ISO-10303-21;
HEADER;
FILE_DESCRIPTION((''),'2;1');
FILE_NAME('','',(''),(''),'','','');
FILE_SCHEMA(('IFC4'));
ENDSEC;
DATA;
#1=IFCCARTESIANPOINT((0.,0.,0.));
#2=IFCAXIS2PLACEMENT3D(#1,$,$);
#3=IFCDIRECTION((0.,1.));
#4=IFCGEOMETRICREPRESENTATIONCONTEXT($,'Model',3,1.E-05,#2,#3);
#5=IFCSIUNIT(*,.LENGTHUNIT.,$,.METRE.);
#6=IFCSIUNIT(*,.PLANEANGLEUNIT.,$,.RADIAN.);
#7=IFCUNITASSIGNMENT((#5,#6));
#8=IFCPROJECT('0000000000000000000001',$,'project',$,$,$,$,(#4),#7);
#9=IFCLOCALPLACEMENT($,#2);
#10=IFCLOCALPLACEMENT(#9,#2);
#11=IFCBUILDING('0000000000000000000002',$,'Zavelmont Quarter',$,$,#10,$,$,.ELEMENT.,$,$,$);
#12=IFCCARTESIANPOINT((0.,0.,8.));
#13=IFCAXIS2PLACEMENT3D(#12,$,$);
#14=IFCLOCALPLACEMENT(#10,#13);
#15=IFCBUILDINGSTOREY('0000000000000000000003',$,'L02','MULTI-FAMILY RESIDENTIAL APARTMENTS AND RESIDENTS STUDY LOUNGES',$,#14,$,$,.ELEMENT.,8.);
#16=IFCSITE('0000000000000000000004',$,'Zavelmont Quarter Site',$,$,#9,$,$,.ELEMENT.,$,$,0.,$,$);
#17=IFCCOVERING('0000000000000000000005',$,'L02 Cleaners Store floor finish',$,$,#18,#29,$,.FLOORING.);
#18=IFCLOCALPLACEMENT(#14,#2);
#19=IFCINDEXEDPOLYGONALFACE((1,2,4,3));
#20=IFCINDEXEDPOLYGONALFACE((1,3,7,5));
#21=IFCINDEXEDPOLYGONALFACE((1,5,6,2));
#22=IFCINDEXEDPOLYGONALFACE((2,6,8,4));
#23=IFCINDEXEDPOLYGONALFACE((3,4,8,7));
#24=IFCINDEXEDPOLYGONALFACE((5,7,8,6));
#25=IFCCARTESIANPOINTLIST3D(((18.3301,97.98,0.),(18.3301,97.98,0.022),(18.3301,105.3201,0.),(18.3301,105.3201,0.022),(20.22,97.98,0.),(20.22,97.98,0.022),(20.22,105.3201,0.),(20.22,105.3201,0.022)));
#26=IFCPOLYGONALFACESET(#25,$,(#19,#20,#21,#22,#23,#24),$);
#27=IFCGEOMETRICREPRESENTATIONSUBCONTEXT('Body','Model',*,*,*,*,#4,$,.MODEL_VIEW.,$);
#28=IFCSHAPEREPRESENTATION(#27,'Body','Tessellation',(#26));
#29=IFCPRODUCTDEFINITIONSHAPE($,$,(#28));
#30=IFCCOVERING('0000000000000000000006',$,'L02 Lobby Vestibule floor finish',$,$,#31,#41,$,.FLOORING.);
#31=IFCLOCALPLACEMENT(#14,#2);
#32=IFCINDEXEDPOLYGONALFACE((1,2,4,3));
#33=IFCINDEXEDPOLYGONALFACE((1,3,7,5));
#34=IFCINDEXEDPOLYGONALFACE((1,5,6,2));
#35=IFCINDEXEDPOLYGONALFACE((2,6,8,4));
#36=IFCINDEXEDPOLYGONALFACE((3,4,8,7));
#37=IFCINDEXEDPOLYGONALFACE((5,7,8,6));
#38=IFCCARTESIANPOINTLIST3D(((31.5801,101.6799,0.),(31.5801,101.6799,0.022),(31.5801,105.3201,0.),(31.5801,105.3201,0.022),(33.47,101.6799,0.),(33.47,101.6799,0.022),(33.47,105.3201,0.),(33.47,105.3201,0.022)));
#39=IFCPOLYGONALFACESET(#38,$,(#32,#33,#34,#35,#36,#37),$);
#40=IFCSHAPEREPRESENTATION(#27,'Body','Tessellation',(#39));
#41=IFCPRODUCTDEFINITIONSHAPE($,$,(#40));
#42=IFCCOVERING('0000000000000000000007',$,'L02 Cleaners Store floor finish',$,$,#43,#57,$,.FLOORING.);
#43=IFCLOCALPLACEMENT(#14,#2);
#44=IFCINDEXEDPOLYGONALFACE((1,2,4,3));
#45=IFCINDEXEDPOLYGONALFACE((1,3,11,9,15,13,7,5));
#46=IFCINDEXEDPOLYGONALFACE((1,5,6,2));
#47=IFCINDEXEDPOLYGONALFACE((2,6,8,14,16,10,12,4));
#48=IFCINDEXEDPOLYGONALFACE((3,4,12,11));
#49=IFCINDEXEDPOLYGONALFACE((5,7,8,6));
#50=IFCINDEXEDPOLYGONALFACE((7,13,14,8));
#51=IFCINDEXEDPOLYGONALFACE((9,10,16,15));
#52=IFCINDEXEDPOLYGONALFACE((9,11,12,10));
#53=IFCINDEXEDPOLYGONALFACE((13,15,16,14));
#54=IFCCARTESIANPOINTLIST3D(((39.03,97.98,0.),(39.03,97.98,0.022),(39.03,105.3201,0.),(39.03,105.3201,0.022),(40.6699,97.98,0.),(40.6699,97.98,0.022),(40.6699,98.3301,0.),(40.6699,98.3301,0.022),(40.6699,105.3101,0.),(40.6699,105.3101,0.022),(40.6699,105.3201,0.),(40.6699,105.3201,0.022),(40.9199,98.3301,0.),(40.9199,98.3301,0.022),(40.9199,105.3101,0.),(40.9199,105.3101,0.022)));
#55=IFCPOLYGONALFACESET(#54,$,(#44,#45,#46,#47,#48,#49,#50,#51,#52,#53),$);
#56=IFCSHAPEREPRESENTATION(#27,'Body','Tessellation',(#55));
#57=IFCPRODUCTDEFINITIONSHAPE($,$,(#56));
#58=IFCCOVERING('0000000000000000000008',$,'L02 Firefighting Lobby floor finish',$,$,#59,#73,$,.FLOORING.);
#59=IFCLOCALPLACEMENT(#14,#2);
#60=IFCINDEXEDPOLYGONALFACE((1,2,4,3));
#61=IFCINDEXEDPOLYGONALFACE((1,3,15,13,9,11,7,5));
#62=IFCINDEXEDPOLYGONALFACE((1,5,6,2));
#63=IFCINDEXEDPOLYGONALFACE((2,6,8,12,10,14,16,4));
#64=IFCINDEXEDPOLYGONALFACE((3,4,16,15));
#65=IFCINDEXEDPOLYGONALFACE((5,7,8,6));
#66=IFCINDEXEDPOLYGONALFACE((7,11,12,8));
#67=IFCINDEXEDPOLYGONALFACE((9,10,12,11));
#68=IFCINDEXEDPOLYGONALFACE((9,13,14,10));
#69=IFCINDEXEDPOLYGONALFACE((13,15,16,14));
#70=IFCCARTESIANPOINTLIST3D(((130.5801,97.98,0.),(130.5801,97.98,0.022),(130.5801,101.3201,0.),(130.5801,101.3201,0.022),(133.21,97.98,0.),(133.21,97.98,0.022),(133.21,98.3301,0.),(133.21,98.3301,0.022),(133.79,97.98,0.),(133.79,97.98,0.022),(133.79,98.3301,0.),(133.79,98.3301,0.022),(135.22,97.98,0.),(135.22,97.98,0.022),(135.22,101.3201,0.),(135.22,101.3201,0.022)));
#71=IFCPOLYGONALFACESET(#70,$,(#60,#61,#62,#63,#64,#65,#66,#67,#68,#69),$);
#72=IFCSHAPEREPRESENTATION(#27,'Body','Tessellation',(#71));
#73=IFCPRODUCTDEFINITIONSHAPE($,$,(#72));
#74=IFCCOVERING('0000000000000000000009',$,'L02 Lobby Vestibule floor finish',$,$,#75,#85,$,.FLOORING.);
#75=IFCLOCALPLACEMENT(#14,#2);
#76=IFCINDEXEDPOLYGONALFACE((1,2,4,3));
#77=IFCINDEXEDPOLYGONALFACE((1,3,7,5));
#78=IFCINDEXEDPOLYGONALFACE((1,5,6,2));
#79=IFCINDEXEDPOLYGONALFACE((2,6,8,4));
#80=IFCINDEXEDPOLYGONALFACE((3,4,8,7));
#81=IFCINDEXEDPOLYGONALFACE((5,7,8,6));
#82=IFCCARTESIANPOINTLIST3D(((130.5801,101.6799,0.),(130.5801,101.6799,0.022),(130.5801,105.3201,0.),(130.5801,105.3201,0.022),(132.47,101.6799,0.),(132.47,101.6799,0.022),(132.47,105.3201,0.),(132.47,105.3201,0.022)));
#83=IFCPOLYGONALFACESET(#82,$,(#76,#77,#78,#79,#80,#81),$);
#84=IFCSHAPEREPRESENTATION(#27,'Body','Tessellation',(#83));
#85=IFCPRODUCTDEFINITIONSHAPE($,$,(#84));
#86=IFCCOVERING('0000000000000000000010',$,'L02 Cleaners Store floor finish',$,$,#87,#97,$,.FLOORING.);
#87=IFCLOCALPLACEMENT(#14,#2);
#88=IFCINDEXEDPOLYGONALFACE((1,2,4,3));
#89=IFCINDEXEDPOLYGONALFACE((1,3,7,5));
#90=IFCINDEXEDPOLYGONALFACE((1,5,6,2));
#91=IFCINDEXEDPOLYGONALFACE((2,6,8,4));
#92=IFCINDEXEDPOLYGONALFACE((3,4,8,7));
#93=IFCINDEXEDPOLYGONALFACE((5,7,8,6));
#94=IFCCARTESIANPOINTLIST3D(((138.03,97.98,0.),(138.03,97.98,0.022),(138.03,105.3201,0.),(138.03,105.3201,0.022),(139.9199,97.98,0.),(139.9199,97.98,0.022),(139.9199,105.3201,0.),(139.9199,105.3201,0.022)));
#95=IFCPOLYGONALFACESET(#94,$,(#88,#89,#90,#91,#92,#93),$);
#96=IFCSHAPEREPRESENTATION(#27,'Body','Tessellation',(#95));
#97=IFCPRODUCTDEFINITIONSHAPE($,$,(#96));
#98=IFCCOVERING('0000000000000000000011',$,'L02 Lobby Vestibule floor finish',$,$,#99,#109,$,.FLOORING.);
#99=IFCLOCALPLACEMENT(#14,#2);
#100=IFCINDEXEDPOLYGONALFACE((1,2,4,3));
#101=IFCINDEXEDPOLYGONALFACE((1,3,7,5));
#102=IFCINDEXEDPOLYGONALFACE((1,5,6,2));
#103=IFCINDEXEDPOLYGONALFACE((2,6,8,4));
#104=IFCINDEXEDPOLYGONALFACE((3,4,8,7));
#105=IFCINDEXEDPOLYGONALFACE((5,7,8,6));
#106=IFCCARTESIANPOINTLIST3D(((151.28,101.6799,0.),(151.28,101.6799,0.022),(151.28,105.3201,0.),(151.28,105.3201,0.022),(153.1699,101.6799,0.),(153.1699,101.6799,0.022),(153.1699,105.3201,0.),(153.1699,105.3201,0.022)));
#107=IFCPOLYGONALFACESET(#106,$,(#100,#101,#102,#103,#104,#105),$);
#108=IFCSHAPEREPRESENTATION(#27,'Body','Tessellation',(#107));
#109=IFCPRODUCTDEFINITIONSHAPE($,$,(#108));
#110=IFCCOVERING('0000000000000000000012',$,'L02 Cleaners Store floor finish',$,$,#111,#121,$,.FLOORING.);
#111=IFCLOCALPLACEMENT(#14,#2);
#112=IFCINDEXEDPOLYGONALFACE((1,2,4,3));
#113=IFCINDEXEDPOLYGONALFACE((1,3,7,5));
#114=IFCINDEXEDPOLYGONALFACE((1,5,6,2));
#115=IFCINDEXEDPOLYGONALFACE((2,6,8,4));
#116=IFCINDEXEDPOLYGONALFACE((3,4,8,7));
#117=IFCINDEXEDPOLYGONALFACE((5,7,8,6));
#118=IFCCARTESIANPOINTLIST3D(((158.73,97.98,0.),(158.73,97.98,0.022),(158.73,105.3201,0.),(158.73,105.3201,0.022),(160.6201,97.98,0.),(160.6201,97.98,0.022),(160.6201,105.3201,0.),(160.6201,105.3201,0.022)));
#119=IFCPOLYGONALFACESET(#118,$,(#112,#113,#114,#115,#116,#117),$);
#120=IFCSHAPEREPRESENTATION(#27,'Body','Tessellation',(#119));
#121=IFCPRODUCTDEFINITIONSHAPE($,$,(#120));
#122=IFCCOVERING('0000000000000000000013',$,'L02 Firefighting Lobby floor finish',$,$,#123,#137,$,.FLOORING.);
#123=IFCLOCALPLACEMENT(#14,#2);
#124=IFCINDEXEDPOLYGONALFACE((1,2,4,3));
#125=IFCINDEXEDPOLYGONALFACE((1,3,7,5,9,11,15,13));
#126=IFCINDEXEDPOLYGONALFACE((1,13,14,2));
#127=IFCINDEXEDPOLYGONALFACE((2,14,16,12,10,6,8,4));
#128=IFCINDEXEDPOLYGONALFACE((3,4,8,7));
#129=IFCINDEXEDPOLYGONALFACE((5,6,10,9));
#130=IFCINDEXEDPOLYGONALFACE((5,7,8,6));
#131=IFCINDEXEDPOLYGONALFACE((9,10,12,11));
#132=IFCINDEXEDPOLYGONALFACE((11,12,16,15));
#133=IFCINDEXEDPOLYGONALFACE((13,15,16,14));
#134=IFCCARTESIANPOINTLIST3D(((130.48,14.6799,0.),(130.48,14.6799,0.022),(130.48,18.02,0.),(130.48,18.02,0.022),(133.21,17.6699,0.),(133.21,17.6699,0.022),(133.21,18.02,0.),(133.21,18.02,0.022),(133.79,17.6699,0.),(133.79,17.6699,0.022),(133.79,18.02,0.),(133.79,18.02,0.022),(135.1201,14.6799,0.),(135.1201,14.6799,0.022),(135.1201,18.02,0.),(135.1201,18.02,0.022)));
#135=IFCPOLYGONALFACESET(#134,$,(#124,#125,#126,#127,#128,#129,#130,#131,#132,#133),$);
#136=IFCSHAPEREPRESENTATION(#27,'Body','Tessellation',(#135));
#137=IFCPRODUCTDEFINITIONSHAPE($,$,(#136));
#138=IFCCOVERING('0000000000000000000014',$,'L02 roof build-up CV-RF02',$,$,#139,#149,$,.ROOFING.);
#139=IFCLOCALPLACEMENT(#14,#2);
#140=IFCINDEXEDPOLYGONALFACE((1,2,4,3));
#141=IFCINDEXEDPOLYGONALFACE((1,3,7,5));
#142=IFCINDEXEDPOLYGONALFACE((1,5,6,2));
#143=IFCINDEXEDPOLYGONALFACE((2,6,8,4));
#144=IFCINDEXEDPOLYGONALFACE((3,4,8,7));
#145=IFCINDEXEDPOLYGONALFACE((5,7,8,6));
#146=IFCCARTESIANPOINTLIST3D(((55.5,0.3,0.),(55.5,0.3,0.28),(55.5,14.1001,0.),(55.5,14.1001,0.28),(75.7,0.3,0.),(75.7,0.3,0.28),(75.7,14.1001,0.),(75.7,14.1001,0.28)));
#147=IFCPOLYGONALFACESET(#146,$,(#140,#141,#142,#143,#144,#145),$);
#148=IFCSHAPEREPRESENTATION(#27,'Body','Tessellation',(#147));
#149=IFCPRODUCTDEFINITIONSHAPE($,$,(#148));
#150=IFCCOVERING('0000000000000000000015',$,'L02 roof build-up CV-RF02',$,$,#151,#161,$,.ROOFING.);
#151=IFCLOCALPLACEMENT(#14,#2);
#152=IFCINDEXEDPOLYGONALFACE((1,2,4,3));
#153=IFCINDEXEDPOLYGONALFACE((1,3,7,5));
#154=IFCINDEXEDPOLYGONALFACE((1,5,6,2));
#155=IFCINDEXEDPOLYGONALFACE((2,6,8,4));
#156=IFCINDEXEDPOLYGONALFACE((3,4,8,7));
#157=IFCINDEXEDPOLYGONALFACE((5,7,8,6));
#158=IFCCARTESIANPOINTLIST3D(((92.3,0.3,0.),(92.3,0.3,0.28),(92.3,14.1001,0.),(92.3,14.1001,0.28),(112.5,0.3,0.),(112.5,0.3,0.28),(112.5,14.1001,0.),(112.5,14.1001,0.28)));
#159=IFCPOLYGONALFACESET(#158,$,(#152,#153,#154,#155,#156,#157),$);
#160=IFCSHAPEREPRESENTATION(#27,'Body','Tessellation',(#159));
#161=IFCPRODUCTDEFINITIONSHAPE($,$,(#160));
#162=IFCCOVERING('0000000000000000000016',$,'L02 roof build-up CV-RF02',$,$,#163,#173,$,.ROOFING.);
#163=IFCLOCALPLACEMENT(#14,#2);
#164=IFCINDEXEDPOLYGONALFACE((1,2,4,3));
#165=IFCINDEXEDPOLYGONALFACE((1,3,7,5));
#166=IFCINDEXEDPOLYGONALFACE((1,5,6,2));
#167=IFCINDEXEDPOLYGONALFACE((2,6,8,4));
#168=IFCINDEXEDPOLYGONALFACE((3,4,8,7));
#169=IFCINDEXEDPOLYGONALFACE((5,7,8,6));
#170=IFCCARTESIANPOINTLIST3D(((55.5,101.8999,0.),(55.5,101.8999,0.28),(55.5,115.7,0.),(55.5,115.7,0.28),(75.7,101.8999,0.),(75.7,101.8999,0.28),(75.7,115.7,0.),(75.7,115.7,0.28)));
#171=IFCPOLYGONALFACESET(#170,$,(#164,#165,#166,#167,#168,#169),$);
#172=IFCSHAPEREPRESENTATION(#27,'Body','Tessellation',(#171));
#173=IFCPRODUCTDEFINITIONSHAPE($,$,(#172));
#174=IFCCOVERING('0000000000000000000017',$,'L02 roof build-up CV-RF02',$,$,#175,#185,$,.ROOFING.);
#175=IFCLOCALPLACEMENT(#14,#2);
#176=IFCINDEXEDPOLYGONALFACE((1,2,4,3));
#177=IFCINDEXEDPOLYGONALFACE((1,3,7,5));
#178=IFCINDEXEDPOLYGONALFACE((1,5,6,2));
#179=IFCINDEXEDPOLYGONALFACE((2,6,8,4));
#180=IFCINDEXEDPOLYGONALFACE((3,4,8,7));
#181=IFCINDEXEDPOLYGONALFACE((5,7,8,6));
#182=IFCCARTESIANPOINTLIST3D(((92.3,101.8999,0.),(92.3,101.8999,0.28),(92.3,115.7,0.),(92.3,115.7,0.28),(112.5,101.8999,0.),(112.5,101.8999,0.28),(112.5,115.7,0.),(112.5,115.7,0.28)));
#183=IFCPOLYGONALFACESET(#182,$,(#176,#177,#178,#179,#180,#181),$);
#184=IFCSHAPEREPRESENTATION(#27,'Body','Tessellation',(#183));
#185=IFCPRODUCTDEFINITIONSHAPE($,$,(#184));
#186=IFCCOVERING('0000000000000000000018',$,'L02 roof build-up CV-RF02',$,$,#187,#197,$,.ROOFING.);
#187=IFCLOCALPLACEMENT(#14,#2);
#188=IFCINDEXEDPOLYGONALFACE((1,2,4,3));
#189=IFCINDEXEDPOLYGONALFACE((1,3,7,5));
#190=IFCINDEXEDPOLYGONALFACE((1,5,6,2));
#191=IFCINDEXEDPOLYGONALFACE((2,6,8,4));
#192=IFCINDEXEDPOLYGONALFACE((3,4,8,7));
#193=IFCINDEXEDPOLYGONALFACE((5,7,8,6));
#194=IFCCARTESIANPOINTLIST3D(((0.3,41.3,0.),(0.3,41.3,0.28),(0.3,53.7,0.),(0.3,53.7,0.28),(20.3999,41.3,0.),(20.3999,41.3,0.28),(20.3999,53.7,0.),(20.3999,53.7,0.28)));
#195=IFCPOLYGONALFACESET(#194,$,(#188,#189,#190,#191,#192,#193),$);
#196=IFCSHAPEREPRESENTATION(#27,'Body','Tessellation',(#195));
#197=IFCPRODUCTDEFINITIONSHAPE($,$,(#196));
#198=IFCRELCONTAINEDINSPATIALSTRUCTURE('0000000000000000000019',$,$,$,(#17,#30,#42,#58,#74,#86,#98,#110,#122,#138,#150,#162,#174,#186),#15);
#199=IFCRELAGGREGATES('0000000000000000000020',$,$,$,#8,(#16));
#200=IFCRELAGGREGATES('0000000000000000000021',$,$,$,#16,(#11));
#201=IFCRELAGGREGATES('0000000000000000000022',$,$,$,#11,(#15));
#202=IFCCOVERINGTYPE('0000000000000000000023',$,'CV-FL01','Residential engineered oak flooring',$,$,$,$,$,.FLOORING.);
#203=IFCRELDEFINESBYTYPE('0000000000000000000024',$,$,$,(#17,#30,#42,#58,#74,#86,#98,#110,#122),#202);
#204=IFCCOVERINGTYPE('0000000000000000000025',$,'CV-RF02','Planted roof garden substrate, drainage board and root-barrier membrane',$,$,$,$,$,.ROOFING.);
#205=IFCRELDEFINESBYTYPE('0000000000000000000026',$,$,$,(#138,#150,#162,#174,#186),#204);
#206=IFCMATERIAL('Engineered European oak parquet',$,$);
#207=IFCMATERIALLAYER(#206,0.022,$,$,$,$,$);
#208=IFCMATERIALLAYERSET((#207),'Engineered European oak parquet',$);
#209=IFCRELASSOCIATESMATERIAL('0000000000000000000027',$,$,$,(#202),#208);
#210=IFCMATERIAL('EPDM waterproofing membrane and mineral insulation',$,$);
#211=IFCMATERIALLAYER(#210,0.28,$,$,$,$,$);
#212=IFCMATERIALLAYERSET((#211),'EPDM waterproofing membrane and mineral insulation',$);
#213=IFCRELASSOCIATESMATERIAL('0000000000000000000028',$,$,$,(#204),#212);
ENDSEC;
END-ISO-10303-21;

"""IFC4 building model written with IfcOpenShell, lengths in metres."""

from ifc_helpers import new_model, si_unit, direction, frame, origin, place, context, subcontext, project, spatial, polyline, outline, extrude, material, layer, layer_set, type_object, element, save


model = new_model("IFC4")

# Units and contexts
model_context = context("Model", 3, precision=1e-05, world=origin(), true_north=direction((0.0, 1.0)))
body_context = subcontext(model_context, "Body", "Model", "MODEL_VIEW")
ifc_project = project(units=[si_unit("LENGTHUNIT", "METRE"), si_unit("PLANEANGLEUNIT", "RADIAN")], contexts=[model_context])

# Site, building, storey
site_placement = place(None, origin())
site = spatial("IfcSite", under=ifc_project, at=site_placement, Name="Zavelmont Quarter Site", CompositionType="ELEMENT", RefElevation=0.0)
building_placement = place(site_placement, origin())
building = spatial("IfcBuilding", under=site, at=building_placement, Name="Zavelmont Quarter", CompositionType="ELEMENT")
storey_placement = place(building_placement, frame((0.0, 0.0, 8.0)))
storey = spatial("IfcBuildingStorey", under=building, at=storey_placement, Name="L02", Description="MULTI-FAMILY RESIDENTIAL APARTMENTS AND RESIDENTS STUDY LOUNGES", CompositionType="ELEMENT", Elevation=8.0)

# Coverings
ifc_material_1 = material(Name="Engineered European oak parquet")
ifc_layer_1 = layer(ifc_material_1, 0.022)
ifc_layer_set_1 = layer_set([ifc_layer_1], Name="Engineered European oak parquet")
covering_type_1 = type_object("IfcCoveringType", Name="CV-FL01", Description="Residential engineered oak flooring", PredefinedType="FLOORING", material=ifc_layer_set_1)
covering_1_placement = place(storey_placement, origin())
element("IfcCovering", 1, at=covering_1_placement, inside=storey, type_object=covering_type_1, Name="L02 Cleaners Store floor finish", PredefinedType="FLOORING", context=body_context, shape_type="SweptSolid", body=[
    extrude(outline(polyline([(18.3301, 105.3201), (20.22, 105.3201), (20.22, 97.98), (18.3301, 97.98), (18.3301, 105.3201)])), origin(), (0.0, 0.0, 1.0), 0.022),
])
covering_2_placement = place(storey_placement, origin())
element("IfcCovering", 2, at=covering_2_placement, inside=storey, type_object=covering_type_1, Name="L02 Lobby Vestibule floor finish", PredefinedType="FLOORING", context=body_context, shape_type="SweptSolid", body=[
    extrude(outline(polyline([(31.5801, 105.3201), (33.47, 105.3201), (33.47, 101.6799), (31.5801, 101.6799), (31.5801, 105.3201)])), origin(), (0.0, 0.0, 1.0), 0.022),
])
covering_3_placement = place(storey_placement, origin())
element("IfcCovering", 3, at=covering_3_placement, inside=storey, type_object=covering_type_1, Name="L02 Cleaners Store floor finish", PredefinedType="FLOORING", context=body_context, shape_type="SweptSolid", body=[
    extrude(outline(polyline([(39.03, 105.3201), (40.6699, 105.3201), (40.6699, 105.3101), (40.9199, 105.3101), (40.9199, 98.3301), (40.6699, 98.3301), (40.6699, 97.98), (39.03, 97.98), (39.03, 105.3201)])), origin(), (0.0, 0.0, 1.0), 0.022),
])
covering_4_placement = place(storey_placement, origin())
element("IfcCovering", 4, at=covering_4_placement, inside=storey, type_object=covering_type_1, Name="L02 Firefighting Lobby floor finish", PredefinedType="FLOORING", context=body_context, shape_type="SweptSolid", body=[
    extrude(outline(polyline([(130.5801, 101.3201), (135.22, 101.3201), (135.22, 97.98), (133.79, 97.98), (133.79, 98.3301), (133.21, 98.3301), (133.21, 97.98), (130.5801, 97.98), (130.5801, 101.3201)])), origin(), (0.0, 0.0, 1.0), 0.022),
])
covering_5_placement = place(storey_placement, origin())
element("IfcCovering", 5, at=covering_5_placement, inside=storey, type_object=covering_type_1, Name="L02 Lobby Vestibule floor finish", PredefinedType="FLOORING", context=body_context, shape_type="SweptSolid", body=[
    extrude(outline(polyline([(130.5801, 105.3201), (132.47, 105.3201), (132.47, 101.6799), (130.5801, 101.6799), (130.5801, 105.3201)])), origin(), (0.0, 0.0, 1.0), 0.022),
])
covering_6_placement = place(storey_placement, origin())
element("IfcCovering", 6, at=covering_6_placement, inside=storey, type_object=covering_type_1, Name="L02 Cleaners Store floor finish", PredefinedType="FLOORING", context=body_context, shape_type="SweptSolid", body=[
    extrude(outline(polyline([(138.03, 105.3201), (139.9199, 105.3201), (139.9199, 97.98), (138.03, 97.98), (138.03, 105.3201)])), origin(), (0.0, 0.0, 1.0), 0.022),
])
covering_7_placement = place(storey_placement, origin())
element("IfcCovering", 7, at=covering_7_placement, inside=storey, type_object=covering_type_1, Name="L02 Lobby Vestibule floor finish", PredefinedType="FLOORING", context=body_context, shape_type="SweptSolid", body=[
    extrude(outline(polyline([(151.28, 105.3201), (153.1699, 105.3201), (153.1699, 101.6799), (151.28, 101.6799), (151.28, 105.3201)])), origin(), (0.0, 0.0, 1.0), 0.022),
])
covering_8_placement = place(storey_placement, origin())
element("IfcCovering", 8, at=covering_8_placement, inside=storey, type_object=covering_type_1, Name="L02 Cleaners Store floor finish", PredefinedType="FLOORING", context=body_context, shape_type="SweptSolid", body=[
    extrude(outline(polyline([(158.73, 105.3201), (160.6201, 105.3201), (160.6201, 97.98), (158.73, 97.98), (158.73, 105.3201)])), origin(), (0.0, 0.0, 1.0), 0.022),
])
covering_9_placement = place(storey_placement, origin())
element("IfcCovering", 9, at=covering_9_placement, inside=storey, type_object=covering_type_1, Name="L02 Firefighting Lobby floor finish", PredefinedType="FLOORING", context=body_context, shape_type="SweptSolid", body=[
    extrude(outline(polyline([(130.48, 18.02), (133.21, 18.02), (133.21, 17.6699), (133.79, 17.6699), (133.79, 18.02), (135.1201, 18.02), (135.1201, 14.6799), (130.48, 14.6799), (130.48, 18.02)])), origin(), (0.0, 0.0, 1.0), 0.022),
])
ifc_material_2 = material(Name="EPDM waterproofing membrane and mineral insulation")
ifc_layer_2 = layer(ifc_material_2, 0.28)
ifc_layer_set_2 = layer_set([ifc_layer_2], Name="EPDM waterproofing membrane and mineral insulation")
covering_type_2 = type_object("IfcCoveringType", Name="CV-RF02", Description="Planted roof garden substrate, drainage board and root-barrier membrane", PredefinedType="ROOFING", material=ifc_layer_set_2)
covering_10_placement = place(storey_placement, origin())
element("IfcCovering", 10, at=covering_10_placement, inside=storey, type_object=covering_type_2, Name="L02 roof build-up CV-RF02", PredefinedType="ROOFING", context=body_context, shape_type="SweptSolid", body=[
    extrude(outline(polyline([(55.5, 0.3), (75.7, 0.3), (75.7, 14.1001), (55.5, 14.1001), (55.5, 0.3)])), origin(), (0.0, 0.0, 1.0), 0.28),
])
covering_11_placement = place(storey_placement, origin())
element("IfcCovering", 11, at=covering_11_placement, inside=storey, type_object=covering_type_2, Name="L02 roof build-up CV-RF02", PredefinedType="ROOFING", context=body_context, shape_type="SweptSolid", body=[
    extrude(outline(polyline([(92.3, 0.3), (112.5, 0.3), (112.5, 14.1001), (92.3, 14.1001), (92.3, 0.3)])), origin(), (0.0, 0.0, 1.0), 0.28),
])
covering_12_placement = place(storey_placement, origin())
element("IfcCovering", 12, at=covering_12_placement, inside=storey, type_object=covering_type_2, Name="L02 roof build-up CV-RF02", PredefinedType="ROOFING", context=body_context, shape_type="SweptSolid", body=[
    extrude(outline(polyline([(55.5, 101.8999), (75.7, 101.8999), (75.7, 115.7), (55.5, 115.7), (55.5, 101.8999)])), origin(), (0.0, 0.0, 1.0), 0.28),
])
covering_13_placement = place(storey_placement, origin())
element("IfcCovering", 13, at=covering_13_placement, inside=storey, type_object=covering_type_2, Name="L02 roof build-up CV-RF02", PredefinedType="ROOFING", context=body_context, shape_type="SweptSolid", body=[
    extrude(outline(polyline([(92.3, 101.8999), (112.5, 101.8999), (112.5, 115.7), (92.3, 115.7), (92.3, 101.8999)])), origin(), (0.0, 0.0, 1.0), 0.28),
])
covering_14_placement = place(storey_placement, origin())
element("IfcCovering", 14, at=covering_14_placement, inside=storey, type_object=covering_type_2, Name="L02 roof build-up CV-RF02", PredefinedType="ROOFING", context=body_context, shape_type="SweptSolid", body=[
    extrude(outline(polyline([(0.3, 41.3), (20.3999, 41.3), (20.3999, 53.7), (0.3, 53.7), (0.3, 41.3)])), origin(), (0.0, 0.0, 1.0), 0.28),
])

save(model, "model.ifc")
